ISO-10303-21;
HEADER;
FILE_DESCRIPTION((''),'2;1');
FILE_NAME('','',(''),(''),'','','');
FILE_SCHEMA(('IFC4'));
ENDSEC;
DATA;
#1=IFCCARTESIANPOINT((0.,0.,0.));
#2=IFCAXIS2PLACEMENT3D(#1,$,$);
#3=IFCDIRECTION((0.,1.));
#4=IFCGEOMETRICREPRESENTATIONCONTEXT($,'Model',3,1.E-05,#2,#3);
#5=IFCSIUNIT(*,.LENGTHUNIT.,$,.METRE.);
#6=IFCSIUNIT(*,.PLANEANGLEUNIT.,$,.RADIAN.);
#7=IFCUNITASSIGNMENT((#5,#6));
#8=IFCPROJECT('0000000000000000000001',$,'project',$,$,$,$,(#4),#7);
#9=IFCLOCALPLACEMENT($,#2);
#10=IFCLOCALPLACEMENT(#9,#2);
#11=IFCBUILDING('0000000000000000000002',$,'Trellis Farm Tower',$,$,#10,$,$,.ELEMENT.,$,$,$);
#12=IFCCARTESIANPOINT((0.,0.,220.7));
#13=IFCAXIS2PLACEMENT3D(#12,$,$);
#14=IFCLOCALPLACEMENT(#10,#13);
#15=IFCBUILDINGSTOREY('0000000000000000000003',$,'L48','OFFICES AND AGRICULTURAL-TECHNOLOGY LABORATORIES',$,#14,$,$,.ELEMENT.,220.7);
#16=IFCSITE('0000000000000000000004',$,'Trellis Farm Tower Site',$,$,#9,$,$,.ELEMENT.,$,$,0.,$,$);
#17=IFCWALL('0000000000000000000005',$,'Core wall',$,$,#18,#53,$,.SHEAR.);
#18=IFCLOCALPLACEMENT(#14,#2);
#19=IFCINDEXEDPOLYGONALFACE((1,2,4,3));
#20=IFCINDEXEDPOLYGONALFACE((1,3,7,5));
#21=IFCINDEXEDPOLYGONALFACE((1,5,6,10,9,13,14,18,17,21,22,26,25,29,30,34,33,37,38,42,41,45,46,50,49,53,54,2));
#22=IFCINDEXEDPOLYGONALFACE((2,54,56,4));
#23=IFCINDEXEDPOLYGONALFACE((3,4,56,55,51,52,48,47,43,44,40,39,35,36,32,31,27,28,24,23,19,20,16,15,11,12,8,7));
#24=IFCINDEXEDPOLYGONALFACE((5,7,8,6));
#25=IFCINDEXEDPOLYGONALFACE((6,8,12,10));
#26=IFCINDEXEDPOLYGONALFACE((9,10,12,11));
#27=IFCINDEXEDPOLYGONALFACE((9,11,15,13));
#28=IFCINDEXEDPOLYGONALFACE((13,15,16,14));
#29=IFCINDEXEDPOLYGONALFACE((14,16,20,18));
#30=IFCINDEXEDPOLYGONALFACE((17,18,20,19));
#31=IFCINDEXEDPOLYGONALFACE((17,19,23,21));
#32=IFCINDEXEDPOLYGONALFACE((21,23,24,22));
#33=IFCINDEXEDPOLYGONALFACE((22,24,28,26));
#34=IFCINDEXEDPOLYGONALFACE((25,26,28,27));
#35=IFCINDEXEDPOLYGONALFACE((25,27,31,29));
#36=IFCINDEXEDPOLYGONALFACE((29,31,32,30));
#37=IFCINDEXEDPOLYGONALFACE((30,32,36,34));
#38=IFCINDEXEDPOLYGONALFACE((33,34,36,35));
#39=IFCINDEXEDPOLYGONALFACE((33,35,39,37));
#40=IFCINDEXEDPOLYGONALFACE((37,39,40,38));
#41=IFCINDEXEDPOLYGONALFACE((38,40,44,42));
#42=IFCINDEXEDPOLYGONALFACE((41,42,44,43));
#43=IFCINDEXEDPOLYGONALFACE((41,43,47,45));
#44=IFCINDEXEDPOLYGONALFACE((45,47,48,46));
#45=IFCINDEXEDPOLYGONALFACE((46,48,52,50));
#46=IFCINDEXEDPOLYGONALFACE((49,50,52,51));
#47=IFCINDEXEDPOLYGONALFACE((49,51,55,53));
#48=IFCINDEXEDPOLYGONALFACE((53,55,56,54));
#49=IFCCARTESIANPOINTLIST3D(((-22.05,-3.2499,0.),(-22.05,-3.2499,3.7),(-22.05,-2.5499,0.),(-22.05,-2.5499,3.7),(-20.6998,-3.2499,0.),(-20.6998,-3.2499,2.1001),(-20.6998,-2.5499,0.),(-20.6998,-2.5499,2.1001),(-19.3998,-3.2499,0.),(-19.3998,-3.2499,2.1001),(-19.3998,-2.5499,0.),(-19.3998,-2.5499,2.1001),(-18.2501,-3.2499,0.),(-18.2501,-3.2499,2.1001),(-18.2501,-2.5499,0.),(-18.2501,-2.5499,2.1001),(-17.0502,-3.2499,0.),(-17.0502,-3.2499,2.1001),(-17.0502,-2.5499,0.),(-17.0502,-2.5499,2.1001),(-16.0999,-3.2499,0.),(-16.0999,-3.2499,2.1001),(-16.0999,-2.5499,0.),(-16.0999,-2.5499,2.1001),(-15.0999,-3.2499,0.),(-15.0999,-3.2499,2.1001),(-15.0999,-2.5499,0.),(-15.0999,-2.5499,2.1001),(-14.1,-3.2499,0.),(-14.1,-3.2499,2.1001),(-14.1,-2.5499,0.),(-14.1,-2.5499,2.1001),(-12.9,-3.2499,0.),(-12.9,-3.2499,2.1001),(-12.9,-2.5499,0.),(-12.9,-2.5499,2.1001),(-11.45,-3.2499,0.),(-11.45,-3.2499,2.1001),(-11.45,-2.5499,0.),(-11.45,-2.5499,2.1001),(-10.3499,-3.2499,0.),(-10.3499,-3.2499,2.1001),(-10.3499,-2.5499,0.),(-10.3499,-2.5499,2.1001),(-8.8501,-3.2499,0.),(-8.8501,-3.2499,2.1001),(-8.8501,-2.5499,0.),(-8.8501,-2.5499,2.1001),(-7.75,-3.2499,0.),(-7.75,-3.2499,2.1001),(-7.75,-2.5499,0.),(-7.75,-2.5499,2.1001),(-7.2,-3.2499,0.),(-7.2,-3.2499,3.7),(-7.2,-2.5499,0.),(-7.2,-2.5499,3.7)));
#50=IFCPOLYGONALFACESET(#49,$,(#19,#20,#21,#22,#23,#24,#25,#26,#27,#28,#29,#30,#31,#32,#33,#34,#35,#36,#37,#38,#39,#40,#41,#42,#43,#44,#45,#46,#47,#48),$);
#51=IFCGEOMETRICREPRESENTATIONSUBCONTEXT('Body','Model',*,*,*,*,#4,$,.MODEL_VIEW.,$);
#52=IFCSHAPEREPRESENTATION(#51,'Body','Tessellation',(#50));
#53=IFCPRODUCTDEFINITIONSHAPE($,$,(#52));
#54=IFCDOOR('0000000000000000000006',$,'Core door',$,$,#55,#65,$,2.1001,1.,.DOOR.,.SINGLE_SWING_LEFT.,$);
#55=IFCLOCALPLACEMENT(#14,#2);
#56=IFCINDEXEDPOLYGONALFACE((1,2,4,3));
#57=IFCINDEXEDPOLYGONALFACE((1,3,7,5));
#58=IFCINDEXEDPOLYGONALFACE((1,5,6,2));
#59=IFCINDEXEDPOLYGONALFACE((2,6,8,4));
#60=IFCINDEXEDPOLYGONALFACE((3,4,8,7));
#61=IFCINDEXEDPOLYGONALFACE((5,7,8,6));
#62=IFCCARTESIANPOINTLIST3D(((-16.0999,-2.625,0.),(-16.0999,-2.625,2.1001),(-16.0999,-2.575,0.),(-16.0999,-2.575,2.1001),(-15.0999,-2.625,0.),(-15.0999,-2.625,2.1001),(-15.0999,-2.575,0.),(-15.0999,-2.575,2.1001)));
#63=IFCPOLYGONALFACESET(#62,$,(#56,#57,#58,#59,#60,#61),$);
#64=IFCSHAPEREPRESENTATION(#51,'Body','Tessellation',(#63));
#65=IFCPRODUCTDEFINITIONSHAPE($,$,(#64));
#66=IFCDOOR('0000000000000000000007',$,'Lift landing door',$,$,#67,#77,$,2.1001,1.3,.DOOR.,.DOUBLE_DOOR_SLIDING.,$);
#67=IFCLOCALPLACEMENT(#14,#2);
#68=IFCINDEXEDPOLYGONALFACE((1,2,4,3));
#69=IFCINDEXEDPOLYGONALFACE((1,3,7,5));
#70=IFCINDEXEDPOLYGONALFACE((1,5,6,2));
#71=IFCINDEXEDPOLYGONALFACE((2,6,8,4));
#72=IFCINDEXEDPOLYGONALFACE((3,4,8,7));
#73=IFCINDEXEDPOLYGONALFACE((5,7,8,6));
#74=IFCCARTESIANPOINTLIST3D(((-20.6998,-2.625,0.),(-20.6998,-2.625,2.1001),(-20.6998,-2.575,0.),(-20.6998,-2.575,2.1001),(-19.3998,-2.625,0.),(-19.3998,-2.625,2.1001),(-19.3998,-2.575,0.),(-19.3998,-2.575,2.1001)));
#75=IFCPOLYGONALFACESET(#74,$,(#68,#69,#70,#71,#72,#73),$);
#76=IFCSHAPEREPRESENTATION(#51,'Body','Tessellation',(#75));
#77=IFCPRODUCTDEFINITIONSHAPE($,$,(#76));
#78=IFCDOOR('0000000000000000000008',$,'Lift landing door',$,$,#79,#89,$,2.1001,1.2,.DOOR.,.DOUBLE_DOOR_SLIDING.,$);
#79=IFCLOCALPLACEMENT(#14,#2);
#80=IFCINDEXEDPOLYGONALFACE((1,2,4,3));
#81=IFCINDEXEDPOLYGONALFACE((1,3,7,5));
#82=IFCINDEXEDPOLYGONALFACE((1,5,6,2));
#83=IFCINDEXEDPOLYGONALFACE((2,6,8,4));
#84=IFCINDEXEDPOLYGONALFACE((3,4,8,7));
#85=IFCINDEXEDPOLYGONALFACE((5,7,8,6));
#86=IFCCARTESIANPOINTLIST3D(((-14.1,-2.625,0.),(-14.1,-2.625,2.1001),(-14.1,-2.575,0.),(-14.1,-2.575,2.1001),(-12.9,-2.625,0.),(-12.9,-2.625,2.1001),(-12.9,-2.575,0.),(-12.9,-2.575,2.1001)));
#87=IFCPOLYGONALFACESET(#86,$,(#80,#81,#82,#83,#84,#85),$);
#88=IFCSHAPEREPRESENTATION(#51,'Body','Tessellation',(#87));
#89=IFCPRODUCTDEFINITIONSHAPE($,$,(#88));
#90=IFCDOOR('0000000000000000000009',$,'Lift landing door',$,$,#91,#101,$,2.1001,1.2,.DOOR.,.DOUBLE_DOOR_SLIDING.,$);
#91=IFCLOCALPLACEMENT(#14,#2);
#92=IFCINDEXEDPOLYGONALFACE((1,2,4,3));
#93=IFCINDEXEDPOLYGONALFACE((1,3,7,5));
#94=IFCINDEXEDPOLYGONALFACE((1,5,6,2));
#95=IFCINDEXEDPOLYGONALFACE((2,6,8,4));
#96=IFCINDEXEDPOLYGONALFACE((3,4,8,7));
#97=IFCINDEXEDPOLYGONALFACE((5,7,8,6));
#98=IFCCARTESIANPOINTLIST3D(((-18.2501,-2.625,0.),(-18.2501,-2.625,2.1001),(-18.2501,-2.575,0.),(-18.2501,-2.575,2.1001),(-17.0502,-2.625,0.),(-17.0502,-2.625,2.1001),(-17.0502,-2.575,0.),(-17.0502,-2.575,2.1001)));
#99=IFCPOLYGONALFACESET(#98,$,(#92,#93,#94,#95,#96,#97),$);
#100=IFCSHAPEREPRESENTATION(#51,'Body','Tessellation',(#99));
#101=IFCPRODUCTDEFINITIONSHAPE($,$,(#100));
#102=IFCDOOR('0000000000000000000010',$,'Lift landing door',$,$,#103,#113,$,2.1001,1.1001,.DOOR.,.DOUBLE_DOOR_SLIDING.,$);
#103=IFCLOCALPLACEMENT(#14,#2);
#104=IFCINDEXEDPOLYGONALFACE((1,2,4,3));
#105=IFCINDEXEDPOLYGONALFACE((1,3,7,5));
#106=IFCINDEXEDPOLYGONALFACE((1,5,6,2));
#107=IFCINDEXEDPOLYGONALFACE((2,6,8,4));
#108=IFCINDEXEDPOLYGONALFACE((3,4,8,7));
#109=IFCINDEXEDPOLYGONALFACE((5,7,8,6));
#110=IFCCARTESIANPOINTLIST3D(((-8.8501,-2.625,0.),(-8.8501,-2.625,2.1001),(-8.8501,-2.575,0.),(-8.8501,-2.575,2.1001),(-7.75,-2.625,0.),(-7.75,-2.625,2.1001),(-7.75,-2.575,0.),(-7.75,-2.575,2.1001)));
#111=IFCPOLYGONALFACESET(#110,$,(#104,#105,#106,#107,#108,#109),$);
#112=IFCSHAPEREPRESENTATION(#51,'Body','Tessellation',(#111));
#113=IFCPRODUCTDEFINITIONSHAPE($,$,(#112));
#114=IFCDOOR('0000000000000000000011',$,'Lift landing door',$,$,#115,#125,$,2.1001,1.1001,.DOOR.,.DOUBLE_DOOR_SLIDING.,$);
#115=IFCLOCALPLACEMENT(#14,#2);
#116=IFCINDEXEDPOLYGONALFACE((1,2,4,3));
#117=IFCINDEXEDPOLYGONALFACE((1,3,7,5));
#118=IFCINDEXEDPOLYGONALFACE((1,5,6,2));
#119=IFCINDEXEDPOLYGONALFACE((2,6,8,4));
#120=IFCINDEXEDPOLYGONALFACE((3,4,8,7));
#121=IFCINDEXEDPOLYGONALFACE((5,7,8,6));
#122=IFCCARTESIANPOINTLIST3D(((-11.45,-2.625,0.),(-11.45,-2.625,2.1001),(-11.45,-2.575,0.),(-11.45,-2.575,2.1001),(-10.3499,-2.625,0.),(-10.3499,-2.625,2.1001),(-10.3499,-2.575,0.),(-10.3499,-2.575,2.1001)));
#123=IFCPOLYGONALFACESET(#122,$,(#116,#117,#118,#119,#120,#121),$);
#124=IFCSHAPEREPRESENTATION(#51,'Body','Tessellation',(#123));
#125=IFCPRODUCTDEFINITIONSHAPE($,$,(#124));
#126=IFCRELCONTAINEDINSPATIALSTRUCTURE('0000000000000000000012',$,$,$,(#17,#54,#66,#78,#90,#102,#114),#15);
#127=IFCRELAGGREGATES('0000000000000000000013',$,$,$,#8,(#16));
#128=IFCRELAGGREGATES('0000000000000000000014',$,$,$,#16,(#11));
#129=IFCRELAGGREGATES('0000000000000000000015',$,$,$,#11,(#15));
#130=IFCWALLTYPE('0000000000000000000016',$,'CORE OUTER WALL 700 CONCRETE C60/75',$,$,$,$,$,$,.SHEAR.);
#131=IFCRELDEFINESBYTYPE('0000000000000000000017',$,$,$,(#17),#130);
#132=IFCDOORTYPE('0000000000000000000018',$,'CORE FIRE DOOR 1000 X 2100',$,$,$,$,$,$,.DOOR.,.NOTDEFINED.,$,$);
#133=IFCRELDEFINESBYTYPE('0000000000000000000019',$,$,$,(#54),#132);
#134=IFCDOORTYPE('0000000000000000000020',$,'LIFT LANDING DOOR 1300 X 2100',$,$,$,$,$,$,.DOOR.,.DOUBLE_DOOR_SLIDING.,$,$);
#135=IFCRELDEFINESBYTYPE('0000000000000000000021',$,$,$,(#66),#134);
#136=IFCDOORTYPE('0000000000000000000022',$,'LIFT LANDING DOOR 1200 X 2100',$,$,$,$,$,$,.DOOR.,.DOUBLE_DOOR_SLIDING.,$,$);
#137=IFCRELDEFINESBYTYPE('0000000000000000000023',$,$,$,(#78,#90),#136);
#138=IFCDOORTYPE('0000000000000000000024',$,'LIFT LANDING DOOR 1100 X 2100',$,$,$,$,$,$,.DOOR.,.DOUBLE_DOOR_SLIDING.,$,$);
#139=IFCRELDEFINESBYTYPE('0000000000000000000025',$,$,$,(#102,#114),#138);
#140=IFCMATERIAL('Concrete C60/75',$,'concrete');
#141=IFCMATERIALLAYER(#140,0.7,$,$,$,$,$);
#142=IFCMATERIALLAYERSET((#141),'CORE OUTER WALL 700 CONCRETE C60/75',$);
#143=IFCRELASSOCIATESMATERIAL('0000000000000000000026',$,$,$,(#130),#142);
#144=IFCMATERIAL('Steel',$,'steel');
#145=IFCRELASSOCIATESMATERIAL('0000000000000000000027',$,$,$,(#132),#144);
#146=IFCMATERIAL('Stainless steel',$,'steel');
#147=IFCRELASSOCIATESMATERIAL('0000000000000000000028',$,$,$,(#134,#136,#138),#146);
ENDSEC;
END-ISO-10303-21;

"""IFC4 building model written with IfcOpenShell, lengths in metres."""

from ifc_helpers import new_model, si_unit, direction, frame, frame_2d, origin, place, context, subcontext, project, spatial, rectangle, extrude, source, transform, mapped, material, layer, layer_set, type_object, element, fill, save


model = new_model("IFC4")

# Units and contexts
model_context = context("Model", 3, precision=1e-05, world=origin(), true_north=direction((0.0, 1.0)))
body_context = subcontext(model_context, "Body", "Model", "MODEL_VIEW")
ifc_project = project(units=[si_unit("LENGTHUNIT", "METRE"), si_unit("PLANEANGLEUNIT", "RADIAN")], contexts=[model_context])

# Site, building, storey
site_placement = place(None, origin())
site = spatial("IfcSite", under=ifc_project, at=site_placement, Name="Trellis Farm Tower Site", CompositionType="ELEMENT", RefElevation=0.0)
building_placement = place(site_placement, origin())
building = spatial("IfcBuilding", under=site, at=building_placement, Name="Trellis Farm Tower", CompositionType="ELEMENT")
storey_placement = place(building_placement, frame((0.0, 0.0, 220.7)))
storey = spatial("IfcBuildingStorey", under=building, at=storey_placement, Name="L48", Description="OFFICES AND AGRICULTURAL-TECHNOLOGY LABORATORIES", CompositionType="ELEMENT", Elevation=220.7)

# Shared definitions
ifc_material_1 = material(Name="Concrete C60/75", Category="concrete")

# Shared definitions
ifc_material_2 = material(Name="Steel", Category="steel")

# Wall, openings, doors
ifc_layer_1 = layer(ifc_material_1, 0.7)
ifc_layer_set_1 = layer_set([ifc_layer_1], Name="CORE OUTER WALL 700 CONCRETE C60/75")
wall_type_1 = type_object("IfcWallType", Name="CORE OUTER WALL 700 CONCRETE C60/75", PredefinedType="SHEAR", material=ifc_layer_set_1)
shared_shape_1 = source(origin(), body_context, "Body", "SweptSolid", [
    extrude(rectangle(XDim=14.8501, YDim=0.7, at=frame_2d((7.425, 0.0))), origin(), (0.0, 0.0, 1.0), 3.7),
])
wall_1_placement = place(storey_placement, frame((-7.2, -2.8999, 0.0), z_axis=(0.0, 0.0, 1.0), x_axis=(-1.0, 0.0, 0.0)))
wall_1 = element("IfcWall", 1, at=wall_1_placement, inside=storey, type_object=wall_type_1, Name="Core wall", PredefinedType="SHEAR", context=body_context, shape_type="MappedRepresentation", body=[
    mapped(shared_shape_1, transform((0.0, 0.0, 0.0))),
])
shared_shape_2 = source(origin(), body_context, "Body", "SweptSolid", [
    extrude(rectangle(XDim=1.1001, YDim=2.1001, at=frame_2d((0.55, 1.05))), frame((0.0, 0.3601, 0.0), z_axis=(0.0, -1.0, 0.0), x_axis=(1.0, 0.0, 0.0)), (0.0, 0.0, 1.0), 0.7202),
])
opening_1_placement = place(wall_1_placement, frame((0.55, 0.0, 0.0)))
opening_1 = element("IfcOpeningElement", 2, at=opening_1_placement, cuts=wall_1, PredefinedType="OPENING", context=body_context, shape_type="MappedRepresentation", body=[
    mapped(shared_shape_2, transform((0.0, 0.0, 0.0))),
])
opening_2_placement = place(wall_1_placement, frame((3.1499, 0.0, 0.0)))
opening_2 = element("IfcOpeningElement", 3, at=opening_2_placement, cuts=wall_1, PredefinedType="OPENING", context=body_context, shape_type="MappedRepresentation", body=[
    mapped(shared_shape_2, transform((0.0, 0.0, 0.0))),
])
shared_shape_3 = source(origin(), body_context, "Body", "SweptSolid", [
    extrude(rectangle(XDim=1.2, YDim=2.1001, at=frame_2d((0.6001, 1.05))), frame((0.0, 0.3601, 0.0), z_axis=(0.0, -1.0, 0.0), x_axis=(1.0, 0.0, 0.0)), (0.0, 0.0, 1.0), 0.7202),
])
opening_3_placement = place(wall_1_placement, frame((5.7, 0.0, 0.0)))
opening_3 = element("IfcOpeningElement", 4, at=opening_3_placement, cuts=wall_1, PredefinedType="OPENING", context=body_context, shape_type="MappedRepresentation", body=[
    mapped(shared_shape_3, transform((0.0, 0.0, 0.0))),
])
shared_shape_4 = source(origin(), body_context, "Body", "SweptSolid", [
    extrude(rectangle(XDim=1.3, YDim=2.1001, at=frame_2d((0.6499, 1.05))), frame((0.0, 0.3601, 0.0), z_axis=(0.0, -1.0, 0.0), x_axis=(1.0, 0.0, 0.0)), (0.0, 0.0, 1.0), 0.7202),
])
opening_4_placement = place(wall_1_placement, frame((12.2, 0.0, 0.0)))
opening_4 = element("IfcOpeningElement", 5, at=opening_4_placement, cuts=wall_1, PredefinedType="OPENING", context=body_context, shape_type="MappedRepresentation", body=[
    mapped(shared_shape_4, transform((0.0, 0.0, 0.0))),
])
opening_5_placement = place(wall_1_placement, frame((9.8501, 0.0, 0.0)))
opening_5 = element("IfcOpeningElement", 6, at=opening_5_placement, cuts=wall_1, PredefinedType="OPENING", context=body_context, shape_type="MappedRepresentation", body=[
    mapped(shared_shape_3, transform((0.0, 0.0, 0.0))),
])
shared_shape_5 = source(origin(), body_context, "Body", "SweptSolid", [
    extrude(rectangle(XDim=1.0, YDim=2.1001, at=frame_2d((0.5, 1.05))), frame((0.0, 0.3601, 0.0), z_axis=(0.0, -1.0, 0.0), x_axis=(1.0, 0.0, 0.0)), (0.0, 0.0, 1.0), 0.7202),
])
opening_6_placement = place(wall_1_placement, frame((7.8999, 0.0, 0.0)))
opening_6 = element("IfcOpeningElement", 7, at=opening_6_placement, cuts=wall_1, PredefinedType="OPENING", context=body_context, shape_type="MappedRepresentation", body=[
    mapped(shared_shape_5, transform((0.0, 0.0, 0.0))),
])
door_type_1 = type_object("IfcDoorType", Name="CORE FIRE DOOR 1000 X 2100", OperationType="NOTDEFINED", PredefinedType="DOOR", material=ifc_material_2)
shared_shape_6 = source(origin(), body_context, "Body", "SweptSolid", [
    extrude(rectangle(XDim=1.0, YDim=2.1001, at=frame_2d((0.5, 1.05))), frame((0.0, -0.2749, 0.0), z_axis=(0.0, -1.0, 0.0), x_axis=(1.0, 0.0, 0.0)), (0.0, 0.0, 1.0), 0.05),
])
door_1_placement = place(opening_6_placement, origin())
door_1 = element("IfcDoor", 8, at=door_1_placement, inside=storey, type_object=door_type_1, Name="Core door", OperationType="SINGLE_SWING_LEFT", OverallHeight=2.1001, OverallWidth=1.0, PredefinedType="DOOR", context=body_context, shape_type="MappedRepresentation", body=[
    mapped(shared_shape_6, transform((0.0, 0.0, 0.0))),
])
fill(opening_6, door_1)
ifc_material_3 = material(Name="Stainless steel", Category="steel")
door_type_2 = type_object("IfcDoorType", Name="LIFT LANDING DOOR 1300 X 2100", OperationType="DOUBLE_DOOR_SLIDING", PredefinedType="DOOR", material=ifc_material_3)
shared_shape_7 = source(origin(), body_context, "Body", "SweptSolid", [
    extrude(rectangle(XDim=1.3, YDim=2.1001, at=frame_2d((0.6499, 1.05))), frame((0.0, -0.2749, 0.0), z_axis=(0.0, -1.0, 0.0), x_axis=(1.0, 0.0, 0.0)), (0.0, 0.0, 1.0), 0.05),
])
door_2_placement = place(opening_4_placement, origin())
door_2 = element("IfcDoor", 9, at=door_2_placement, inside=storey, type_object=door_type_2, Name="Lift landing door", OperationType="DOUBLE_DOOR_SLIDING", OverallHeight=2.1001, OverallWidth=1.3, PredefinedType="DOOR", context=body_context, shape_type="MappedRepresentation", body=[
    mapped(shared_shape_7, transform((0.0, 0.0, 0.0))),
])
fill(opening_4, door_2)
door_type_3 = type_object("IfcDoorType", Name="LIFT LANDING DOOR 1200 X 2100", OperationType="DOUBLE_DOOR_SLIDING", PredefinedType="DOOR", material=ifc_material_3)
shared_shape_8 = source(origin(), body_context, "Body", "SweptSolid", [
    extrude(rectangle(XDim=1.2, YDim=2.1001, at=frame_2d((0.6001, 1.05))), frame((0.0, -0.2749, 0.0), z_axis=(0.0, -1.0, 0.0), x_axis=(1.0, 0.0, 0.0)), (0.0, 0.0, 1.0), 0.05),
])
door_3_placement = place(opening_3_placement, origin())
door_3 = element("IfcDoor", 10, at=door_3_placement, inside=storey, type_object=door_type_3, Name="Lift landing door", OperationType="DOUBLE_DOOR_SLIDING", OverallHeight=2.1001, OverallWidth=1.2, PredefinedType="DOOR", context=body_context, shape_type="MappedRepresentation", body=[
    mapped(shared_shape_8, transform((0.0, 0.0, 0.0))),
])
fill(opening_3, door_3)
door_4_placement = place(opening_5_placement, origin())
door_4 = element("IfcDoor", 11, at=door_4_placement, inside=storey, type_object=door_type_3, Name="Lift landing door", OperationType="DOUBLE_DOOR_SLIDING", OverallHeight=2.1001, OverallWidth=1.2, PredefinedType="DOOR", context=body_context, shape_type="MappedRepresentation", body=[
    mapped(shared_shape_8, transform((0.0, 0.0, 0.0))),
])
fill(opening_5, door_4)
door_type_4 = type_object("IfcDoorType", Name="LIFT LANDING DOOR 1100 X 2100", OperationType="DOUBLE_DOOR_SLIDING", PredefinedType="DOOR", material=ifc_material_3)
shared_shape_9 = source(origin(), body_context, "Body", "SweptSolid", [
    extrude(rectangle(XDim=1.1001, YDim=2.1001, at=frame_2d((0.55, 1.05))), frame((0.0, -0.2749, 0.0), z_axis=(0.0, -1.0, 0.0), x_axis=(1.0, 0.0, 0.0)), (0.0, 0.0, 1.0), 0.05),
])
door_5_placement = place(opening_1_placement, origin())
door_5 = element("IfcDoor", 12, at=door_5_placement, inside=storey, type_object=door_type_4, Name="Lift landing door", OperationType="DOUBLE_DOOR_SLIDING", OverallHeight=2.1001, OverallWidth=1.1001, PredefinedType="DOOR", context=body_context, shape_type="MappedRepresentation", body=[
    mapped(shared_shape_9, transform((0.0, 0.0, 0.0))),
])
fill(opening_1, door_5)
door_6_placement = place(opening_2_placement, origin())
door_6 = element("IfcDoor", 13, at=door_6_placement, inside=storey, type_object=door_type_4, Name="Lift landing door", OperationType="DOUBLE_DOOR_SLIDING", OverallHeight=2.1001, OverallWidth=1.1001, PredefinedType="DOOR", context=body_context, shape_type="MappedRepresentation", body=[
    mapped(shared_shape_9, transform((0.0, 0.0, 0.0))),
])
fill(opening_2, door_6)

save(model, "model.ifc")
